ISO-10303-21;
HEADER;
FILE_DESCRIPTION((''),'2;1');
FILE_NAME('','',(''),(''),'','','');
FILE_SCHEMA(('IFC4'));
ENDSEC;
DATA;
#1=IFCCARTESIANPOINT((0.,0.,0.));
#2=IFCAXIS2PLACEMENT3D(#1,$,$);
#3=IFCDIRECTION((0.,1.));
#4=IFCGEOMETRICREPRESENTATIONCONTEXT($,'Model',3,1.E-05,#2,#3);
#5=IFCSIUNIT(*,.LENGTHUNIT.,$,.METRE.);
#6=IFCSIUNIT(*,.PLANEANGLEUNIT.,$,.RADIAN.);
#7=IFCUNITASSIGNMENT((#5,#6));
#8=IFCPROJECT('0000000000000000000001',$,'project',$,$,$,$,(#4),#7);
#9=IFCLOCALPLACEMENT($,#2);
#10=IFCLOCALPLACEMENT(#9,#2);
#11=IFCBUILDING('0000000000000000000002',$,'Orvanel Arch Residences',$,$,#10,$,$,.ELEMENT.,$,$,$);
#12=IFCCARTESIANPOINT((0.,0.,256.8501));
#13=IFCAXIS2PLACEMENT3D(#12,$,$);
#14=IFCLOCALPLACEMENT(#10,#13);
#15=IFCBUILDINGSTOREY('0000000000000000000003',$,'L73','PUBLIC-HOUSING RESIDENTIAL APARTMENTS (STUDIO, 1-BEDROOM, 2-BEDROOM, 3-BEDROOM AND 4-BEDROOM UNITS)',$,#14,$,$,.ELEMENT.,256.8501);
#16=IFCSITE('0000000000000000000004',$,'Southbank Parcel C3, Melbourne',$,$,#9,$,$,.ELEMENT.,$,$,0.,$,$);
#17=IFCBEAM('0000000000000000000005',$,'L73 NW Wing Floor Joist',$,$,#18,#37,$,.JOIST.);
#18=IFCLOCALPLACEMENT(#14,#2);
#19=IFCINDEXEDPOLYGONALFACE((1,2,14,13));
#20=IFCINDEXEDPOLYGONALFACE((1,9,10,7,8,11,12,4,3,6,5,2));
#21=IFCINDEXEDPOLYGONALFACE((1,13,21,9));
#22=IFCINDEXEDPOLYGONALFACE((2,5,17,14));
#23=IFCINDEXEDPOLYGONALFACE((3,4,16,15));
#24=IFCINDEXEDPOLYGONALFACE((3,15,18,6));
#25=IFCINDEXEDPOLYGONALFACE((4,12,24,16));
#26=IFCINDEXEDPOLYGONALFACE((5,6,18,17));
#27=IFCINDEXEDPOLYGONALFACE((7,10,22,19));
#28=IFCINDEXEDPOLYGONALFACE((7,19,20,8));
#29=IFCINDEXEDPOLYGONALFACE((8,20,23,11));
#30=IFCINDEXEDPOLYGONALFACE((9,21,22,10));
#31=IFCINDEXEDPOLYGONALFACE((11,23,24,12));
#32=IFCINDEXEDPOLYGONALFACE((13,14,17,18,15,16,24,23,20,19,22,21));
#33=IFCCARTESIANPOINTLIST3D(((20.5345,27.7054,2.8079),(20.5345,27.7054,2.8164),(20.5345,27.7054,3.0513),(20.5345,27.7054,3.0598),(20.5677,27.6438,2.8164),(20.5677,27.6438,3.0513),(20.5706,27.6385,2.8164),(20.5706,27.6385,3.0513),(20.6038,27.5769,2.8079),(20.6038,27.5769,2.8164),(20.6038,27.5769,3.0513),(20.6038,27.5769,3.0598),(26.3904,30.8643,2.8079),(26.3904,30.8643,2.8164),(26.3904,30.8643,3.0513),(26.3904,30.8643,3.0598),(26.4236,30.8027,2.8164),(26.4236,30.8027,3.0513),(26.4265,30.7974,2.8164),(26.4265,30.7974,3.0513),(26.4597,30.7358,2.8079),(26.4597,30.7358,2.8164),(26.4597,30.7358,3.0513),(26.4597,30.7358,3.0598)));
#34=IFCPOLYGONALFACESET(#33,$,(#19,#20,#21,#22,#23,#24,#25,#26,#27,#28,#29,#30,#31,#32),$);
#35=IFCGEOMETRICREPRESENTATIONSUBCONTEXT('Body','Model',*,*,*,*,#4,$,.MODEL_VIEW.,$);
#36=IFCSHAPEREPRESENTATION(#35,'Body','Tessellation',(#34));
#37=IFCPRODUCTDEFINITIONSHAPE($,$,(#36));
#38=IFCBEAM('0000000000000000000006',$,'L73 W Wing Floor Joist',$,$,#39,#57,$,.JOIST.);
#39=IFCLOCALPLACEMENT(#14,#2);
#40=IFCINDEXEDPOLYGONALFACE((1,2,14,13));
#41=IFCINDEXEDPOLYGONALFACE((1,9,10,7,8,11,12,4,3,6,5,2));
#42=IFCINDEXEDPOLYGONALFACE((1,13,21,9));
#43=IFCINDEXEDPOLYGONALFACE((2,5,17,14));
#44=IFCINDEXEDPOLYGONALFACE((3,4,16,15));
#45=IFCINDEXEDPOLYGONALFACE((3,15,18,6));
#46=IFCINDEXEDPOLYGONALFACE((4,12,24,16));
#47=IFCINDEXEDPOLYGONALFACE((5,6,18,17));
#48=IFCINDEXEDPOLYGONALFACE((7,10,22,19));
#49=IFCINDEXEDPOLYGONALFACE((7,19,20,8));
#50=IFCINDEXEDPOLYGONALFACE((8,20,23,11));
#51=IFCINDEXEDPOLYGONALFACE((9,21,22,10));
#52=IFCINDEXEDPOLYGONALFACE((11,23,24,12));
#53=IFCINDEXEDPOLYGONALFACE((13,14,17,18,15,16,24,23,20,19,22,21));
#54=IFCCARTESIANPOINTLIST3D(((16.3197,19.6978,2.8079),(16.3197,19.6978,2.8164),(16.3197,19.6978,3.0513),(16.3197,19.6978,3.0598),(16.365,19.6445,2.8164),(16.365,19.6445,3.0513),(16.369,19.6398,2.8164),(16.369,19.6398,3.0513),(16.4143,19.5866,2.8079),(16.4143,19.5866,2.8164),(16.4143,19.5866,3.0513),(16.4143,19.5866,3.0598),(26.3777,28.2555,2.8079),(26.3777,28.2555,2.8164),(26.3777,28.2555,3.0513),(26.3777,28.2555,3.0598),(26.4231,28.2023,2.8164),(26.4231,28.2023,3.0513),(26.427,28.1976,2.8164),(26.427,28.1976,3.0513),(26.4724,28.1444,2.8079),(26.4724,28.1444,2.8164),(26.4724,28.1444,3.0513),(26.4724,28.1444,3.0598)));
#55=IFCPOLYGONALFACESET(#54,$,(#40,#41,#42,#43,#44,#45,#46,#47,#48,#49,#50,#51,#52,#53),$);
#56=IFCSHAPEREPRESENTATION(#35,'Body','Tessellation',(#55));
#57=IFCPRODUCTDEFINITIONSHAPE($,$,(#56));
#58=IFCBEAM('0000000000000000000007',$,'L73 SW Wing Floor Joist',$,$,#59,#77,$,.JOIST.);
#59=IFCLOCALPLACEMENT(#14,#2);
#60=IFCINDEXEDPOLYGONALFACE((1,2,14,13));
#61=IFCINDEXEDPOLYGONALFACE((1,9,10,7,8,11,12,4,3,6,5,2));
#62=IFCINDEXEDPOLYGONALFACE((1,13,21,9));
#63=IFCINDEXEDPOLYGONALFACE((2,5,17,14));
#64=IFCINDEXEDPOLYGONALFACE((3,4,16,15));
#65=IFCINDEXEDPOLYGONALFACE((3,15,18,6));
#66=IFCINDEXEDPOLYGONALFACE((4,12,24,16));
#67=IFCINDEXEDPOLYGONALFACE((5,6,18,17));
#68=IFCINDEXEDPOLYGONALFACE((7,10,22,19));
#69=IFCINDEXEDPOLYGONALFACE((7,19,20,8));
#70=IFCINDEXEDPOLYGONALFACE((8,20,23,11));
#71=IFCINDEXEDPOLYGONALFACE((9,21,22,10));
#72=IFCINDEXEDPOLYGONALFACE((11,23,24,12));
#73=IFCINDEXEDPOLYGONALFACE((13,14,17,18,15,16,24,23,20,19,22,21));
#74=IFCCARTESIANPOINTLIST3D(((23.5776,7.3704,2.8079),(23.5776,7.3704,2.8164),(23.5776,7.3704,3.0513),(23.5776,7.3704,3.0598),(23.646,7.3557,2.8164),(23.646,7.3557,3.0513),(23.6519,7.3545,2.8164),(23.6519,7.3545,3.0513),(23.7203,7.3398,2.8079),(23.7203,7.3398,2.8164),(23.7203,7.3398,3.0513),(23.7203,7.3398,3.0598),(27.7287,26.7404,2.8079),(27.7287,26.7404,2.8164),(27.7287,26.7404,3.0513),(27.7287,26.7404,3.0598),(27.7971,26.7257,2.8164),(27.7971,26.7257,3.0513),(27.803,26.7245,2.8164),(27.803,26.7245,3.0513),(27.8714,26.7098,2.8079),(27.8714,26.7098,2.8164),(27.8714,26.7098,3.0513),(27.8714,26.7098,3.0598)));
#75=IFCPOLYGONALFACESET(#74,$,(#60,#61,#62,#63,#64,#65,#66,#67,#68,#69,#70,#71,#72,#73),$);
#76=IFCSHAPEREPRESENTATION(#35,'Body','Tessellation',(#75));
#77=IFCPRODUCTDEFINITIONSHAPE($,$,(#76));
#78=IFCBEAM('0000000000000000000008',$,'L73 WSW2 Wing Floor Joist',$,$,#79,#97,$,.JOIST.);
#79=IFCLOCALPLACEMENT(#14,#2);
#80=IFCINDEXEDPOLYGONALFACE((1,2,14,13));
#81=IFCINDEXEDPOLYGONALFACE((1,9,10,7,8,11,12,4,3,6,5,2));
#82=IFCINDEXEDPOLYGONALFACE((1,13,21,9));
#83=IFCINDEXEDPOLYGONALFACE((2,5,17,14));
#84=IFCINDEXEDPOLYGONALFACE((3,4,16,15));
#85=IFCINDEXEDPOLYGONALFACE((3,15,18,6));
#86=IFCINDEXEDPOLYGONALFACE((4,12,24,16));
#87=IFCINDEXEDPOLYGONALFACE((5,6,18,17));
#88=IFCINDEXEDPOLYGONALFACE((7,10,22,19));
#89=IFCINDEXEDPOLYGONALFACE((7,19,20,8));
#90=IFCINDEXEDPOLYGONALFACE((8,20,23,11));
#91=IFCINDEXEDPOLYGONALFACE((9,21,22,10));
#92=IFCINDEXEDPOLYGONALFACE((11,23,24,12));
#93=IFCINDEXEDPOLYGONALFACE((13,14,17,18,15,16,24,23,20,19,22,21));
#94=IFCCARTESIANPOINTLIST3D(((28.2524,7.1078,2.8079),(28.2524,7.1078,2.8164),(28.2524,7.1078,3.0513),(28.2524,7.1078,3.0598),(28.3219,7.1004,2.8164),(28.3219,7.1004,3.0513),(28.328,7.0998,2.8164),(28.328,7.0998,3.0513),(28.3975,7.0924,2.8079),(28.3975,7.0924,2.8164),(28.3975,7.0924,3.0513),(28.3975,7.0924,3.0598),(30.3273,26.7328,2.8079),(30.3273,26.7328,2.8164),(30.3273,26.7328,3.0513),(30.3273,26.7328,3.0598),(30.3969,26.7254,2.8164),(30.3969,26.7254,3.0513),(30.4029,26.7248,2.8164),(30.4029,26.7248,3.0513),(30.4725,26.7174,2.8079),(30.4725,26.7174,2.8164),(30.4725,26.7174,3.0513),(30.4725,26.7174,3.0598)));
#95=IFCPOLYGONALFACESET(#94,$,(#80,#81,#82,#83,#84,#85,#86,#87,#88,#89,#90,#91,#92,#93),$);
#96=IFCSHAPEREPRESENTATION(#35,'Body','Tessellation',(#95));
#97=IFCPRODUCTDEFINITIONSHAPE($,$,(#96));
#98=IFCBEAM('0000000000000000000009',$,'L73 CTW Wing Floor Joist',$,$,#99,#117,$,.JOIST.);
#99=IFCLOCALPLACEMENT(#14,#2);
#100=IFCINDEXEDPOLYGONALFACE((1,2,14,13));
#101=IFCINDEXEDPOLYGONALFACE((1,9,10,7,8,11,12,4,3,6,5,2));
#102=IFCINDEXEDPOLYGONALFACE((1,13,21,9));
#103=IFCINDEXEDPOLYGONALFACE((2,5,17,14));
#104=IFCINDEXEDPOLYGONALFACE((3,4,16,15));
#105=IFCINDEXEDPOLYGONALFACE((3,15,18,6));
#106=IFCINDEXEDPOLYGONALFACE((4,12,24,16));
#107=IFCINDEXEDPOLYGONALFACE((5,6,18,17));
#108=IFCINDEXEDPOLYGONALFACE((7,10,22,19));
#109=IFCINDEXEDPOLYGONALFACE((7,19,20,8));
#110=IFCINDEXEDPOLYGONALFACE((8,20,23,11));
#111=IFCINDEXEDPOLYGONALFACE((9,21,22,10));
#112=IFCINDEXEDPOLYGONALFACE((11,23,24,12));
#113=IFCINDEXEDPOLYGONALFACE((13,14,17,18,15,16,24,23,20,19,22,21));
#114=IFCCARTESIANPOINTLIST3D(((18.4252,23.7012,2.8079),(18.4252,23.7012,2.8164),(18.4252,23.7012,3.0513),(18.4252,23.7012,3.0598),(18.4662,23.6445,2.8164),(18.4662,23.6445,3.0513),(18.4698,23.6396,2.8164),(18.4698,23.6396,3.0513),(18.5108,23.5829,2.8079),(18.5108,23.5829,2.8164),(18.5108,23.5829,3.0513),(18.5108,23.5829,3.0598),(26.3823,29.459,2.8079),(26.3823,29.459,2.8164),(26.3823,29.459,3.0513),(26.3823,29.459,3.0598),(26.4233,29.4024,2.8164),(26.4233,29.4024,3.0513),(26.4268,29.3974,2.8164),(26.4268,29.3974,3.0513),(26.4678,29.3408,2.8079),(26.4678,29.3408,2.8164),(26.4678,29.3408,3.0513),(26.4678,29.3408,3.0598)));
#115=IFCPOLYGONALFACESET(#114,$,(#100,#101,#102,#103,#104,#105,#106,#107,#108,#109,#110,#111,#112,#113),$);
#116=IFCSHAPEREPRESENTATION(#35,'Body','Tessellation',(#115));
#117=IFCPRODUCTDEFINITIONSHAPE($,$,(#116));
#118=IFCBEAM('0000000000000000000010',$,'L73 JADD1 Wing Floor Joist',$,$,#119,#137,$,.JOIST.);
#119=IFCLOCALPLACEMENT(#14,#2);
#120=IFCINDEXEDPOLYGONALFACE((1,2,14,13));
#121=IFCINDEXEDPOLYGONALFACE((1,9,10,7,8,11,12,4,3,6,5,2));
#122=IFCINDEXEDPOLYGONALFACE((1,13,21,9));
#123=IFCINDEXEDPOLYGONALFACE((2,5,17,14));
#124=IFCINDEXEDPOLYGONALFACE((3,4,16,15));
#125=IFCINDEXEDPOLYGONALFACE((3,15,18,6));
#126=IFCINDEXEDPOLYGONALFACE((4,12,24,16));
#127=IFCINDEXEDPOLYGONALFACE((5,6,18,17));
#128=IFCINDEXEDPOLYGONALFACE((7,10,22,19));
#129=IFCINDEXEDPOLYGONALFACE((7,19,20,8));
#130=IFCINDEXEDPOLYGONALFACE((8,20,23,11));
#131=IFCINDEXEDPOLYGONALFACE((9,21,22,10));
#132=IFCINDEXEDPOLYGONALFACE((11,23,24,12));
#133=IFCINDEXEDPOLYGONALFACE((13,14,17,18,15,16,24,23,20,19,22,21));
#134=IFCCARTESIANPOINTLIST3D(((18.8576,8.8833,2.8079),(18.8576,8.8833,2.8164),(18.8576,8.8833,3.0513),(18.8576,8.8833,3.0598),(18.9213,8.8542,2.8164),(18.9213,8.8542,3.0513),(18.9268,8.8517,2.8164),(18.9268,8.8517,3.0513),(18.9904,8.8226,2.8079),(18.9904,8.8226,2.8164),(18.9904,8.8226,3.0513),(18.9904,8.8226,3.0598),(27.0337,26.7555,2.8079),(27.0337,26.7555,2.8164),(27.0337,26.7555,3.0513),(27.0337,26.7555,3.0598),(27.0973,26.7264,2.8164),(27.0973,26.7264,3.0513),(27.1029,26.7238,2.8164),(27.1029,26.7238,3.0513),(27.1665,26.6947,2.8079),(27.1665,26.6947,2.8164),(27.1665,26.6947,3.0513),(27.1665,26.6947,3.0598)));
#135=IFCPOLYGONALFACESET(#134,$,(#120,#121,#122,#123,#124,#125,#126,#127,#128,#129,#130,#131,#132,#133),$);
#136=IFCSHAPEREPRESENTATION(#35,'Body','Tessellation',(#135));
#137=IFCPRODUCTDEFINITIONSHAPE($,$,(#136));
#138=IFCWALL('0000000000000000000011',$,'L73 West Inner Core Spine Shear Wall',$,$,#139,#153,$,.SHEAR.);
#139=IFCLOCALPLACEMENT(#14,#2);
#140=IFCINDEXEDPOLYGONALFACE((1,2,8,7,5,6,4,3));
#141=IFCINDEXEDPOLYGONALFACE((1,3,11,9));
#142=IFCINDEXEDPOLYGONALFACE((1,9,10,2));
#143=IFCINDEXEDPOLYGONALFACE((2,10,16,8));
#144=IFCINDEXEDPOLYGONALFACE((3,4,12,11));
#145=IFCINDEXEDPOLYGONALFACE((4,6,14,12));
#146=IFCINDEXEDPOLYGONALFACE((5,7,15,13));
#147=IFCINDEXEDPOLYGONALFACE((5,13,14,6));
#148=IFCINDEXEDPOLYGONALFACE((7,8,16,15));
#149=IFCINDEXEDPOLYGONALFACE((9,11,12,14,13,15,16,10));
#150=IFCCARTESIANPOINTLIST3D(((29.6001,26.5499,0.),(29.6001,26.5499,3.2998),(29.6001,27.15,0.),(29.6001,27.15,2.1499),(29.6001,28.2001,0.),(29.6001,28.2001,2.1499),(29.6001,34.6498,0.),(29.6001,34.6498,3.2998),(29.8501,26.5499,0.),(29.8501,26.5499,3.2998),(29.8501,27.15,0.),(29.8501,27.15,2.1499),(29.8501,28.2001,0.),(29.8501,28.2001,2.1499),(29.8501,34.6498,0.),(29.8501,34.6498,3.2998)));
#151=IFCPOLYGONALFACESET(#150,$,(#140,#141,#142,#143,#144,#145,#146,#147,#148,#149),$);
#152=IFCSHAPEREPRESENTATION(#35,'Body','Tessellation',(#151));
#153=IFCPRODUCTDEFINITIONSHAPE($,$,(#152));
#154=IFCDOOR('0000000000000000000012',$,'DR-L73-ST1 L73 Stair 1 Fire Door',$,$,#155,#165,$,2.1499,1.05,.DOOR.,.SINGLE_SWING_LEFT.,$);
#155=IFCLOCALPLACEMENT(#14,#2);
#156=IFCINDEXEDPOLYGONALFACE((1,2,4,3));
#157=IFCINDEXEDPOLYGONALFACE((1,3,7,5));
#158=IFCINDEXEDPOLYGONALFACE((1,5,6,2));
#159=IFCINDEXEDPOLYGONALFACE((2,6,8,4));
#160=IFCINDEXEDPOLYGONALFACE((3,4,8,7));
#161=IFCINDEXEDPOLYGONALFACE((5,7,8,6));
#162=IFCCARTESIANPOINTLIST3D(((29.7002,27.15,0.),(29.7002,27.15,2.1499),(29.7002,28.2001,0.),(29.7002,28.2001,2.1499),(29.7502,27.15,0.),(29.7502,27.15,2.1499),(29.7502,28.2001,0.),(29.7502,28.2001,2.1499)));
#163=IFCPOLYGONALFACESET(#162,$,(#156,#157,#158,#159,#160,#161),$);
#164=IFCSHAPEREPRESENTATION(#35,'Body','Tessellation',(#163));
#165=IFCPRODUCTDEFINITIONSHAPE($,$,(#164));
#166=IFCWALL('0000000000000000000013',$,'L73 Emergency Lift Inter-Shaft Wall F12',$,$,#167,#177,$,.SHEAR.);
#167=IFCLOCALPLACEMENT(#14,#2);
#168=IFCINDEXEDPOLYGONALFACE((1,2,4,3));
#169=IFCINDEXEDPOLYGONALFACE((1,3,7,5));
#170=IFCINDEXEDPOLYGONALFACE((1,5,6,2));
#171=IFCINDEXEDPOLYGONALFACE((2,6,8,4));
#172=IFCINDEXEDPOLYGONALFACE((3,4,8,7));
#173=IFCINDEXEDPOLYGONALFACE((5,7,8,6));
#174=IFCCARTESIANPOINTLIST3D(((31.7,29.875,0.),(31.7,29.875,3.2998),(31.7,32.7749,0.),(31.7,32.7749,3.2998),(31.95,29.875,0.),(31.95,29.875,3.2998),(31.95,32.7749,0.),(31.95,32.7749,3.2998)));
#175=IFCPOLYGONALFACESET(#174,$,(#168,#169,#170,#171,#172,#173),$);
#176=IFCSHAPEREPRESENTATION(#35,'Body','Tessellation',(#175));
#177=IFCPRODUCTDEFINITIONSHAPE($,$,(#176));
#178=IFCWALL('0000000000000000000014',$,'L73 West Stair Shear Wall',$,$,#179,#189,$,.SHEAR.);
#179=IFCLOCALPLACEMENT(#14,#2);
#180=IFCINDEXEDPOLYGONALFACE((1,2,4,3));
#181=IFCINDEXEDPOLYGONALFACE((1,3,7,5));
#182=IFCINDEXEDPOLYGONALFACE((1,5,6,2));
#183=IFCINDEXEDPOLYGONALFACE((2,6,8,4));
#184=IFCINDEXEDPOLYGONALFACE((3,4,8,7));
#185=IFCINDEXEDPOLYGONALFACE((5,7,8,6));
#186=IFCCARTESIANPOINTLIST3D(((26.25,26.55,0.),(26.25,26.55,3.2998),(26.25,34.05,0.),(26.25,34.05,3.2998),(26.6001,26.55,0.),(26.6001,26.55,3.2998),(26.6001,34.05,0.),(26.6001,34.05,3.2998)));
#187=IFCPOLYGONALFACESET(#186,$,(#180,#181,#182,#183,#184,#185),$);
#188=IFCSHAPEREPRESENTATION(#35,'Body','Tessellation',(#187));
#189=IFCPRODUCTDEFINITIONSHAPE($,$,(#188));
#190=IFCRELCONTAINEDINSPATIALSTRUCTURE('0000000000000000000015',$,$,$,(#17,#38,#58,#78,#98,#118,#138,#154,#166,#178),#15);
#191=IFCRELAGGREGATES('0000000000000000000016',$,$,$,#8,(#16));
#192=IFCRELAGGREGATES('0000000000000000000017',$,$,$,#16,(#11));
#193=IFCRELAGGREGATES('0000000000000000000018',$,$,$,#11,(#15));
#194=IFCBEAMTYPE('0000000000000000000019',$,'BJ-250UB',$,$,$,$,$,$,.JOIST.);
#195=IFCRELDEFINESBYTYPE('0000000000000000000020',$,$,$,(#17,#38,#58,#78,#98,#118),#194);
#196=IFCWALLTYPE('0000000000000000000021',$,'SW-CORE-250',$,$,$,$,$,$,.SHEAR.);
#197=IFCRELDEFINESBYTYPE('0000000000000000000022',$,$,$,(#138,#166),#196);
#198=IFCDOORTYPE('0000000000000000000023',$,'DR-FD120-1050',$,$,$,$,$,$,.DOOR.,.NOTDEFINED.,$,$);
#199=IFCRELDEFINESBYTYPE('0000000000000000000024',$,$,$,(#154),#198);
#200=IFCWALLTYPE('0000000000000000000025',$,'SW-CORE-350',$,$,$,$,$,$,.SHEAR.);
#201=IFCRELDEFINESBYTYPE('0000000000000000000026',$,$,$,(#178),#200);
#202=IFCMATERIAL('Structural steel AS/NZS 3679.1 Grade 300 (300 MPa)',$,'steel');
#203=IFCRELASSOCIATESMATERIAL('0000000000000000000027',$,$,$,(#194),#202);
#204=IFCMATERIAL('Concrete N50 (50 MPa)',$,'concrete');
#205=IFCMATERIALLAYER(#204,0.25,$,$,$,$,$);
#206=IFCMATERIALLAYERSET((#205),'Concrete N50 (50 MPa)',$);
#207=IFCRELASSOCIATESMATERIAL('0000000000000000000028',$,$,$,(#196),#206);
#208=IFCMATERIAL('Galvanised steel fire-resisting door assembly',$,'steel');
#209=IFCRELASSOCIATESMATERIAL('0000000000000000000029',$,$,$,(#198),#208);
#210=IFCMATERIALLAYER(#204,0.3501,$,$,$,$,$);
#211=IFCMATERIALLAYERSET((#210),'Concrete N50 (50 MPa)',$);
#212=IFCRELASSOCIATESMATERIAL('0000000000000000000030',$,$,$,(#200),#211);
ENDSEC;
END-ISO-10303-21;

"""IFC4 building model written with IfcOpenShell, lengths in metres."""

from ifc_helpers import new_model, si_unit, direction, frame, frame_2d, origin, origin_2d, place, context, subcontext, project, spatial, rectangle, i_section, extrude, material, layer, layer_set, material_profile, profile_set, type_object, element, fill, save


model = new_model("IFC4")

# Units and contexts
model_context = context("Model", 3, precision=1e-05, world=origin(), true_north=direction((0.0, 1.0)))
body_context = subcontext(model_context, "Body", "Model", "MODEL_VIEW")
ifc_project = project(units=[si_unit("LENGTHUNIT", "METRE"), si_unit("PLANEANGLEUNIT", "RADIAN")], contexts=[model_context])

# Site, building, storey
site_placement = place(None, origin())
site = spatial("IfcSite", under=ifc_project, at=site_placement, Name="Southbank Parcel C3, Melbourne", CompositionType="ELEMENT", RefElevation=0.0)
building_placement = place(site_placement, origin())
building = spatial("IfcBuilding", under=site, at=building_placement, Name="Orvanel Arch Residences", CompositionType="ELEMENT")
storey_placement = place(building_placement, frame((0.0, 0.0, 256.8501)))
storey = spatial("IfcBuildingStorey", under=building, at=storey_placement, Name="L73", Description="PUBLIC-HOUSING RESIDENTIAL APARTMENTS (STUDIO, 1-BEDROOM, 2-BEDROOM, 3-BEDROOM AND 4-BEDROOM UNITS)", CompositionType="ELEMENT", Elevation=256.8501)

# Beams
ifc_material_1 = material(Name="Structural steel AS/NZS 3679.1 Grade 300 (300 MPa)", Category="steel")
ifc_material_profile = material_profile(ifc_material_1, i_section(OverallWidth=0.146, OverallDepth=0.252, WebThickness=0.0061, FlangeThickness=0.0085, at=origin_2d()), Name="250UB31.4")
ifc_profile_set = profile_set([ifc_material_profile], Name="Structural steel AS/NZS 3679.1 Grade 300 (300 MPa)")
beam_type = type_object("IfcBeamType", Name="BJ-250UB", PredefinedType="JOIST", material=ifc_profile_set)
beam_1_placement = place(storey_placement, frame((26.425, 30.8, 2.9338), z_axis=(-0.880111, -0.474767, 0.0), x_axis=(0.474767, -0.880111, 0.0)))
element("IfcBeam", 1, at=beam_1_placement, inside=storey, type_object=beam_type, Name="L73 NW Wing Floor Joist", PredefinedType="JOIST", context=body_context, shape_type="SweptSolid", body=[
    extrude(i_section(OverallWidth=0.146, OverallDepth=0.252, WebThickness=0.0061, FlangeThickness=0.0085, at=origin_2d()), origin(), (0.0, 0.0, 1.0), 6.6536),
])
beam_2_placement = place(storey_placement, frame((26.425, 28.2, 2.9338), z_axis=(-0.761623, -0.648021, 0.0), x_axis=(0.648021, -0.761623, 0.0)))
element("IfcBeam", 2, at=beam_2_placement, inside=storey, type_object=beam_type, Name="L73 W Wing Floor Joist", PredefinedType="JOIST", context=body_context, shape_type="SweptSolid", body=[
    extrude(i_section(OverallWidth=0.146, OverallDepth=0.252, WebThickness=0.0061, FlangeThickness=0.0085, at=origin_2d()), origin(), (0.0, 0.0, 1.0), 13.2061),
])
beam_3_placement = place(storey_placement, frame((27.8, 26.7251, 2.9338), z_axis=(-0.209548, -0.977798, 0.0), x_axis=(0.977798, -0.209548, 0.0)))
element("IfcBeam", 3, at=beam_3_placement, inside=storey, type_object=beam_type, Name="L73 SW Wing Floor Joist", PredefinedType="JOIST", context=body_context, shape_type="SweptSolid", body=[
    extrude(i_section(OverallWidth=0.146, OverallDepth=0.252, WebThickness=0.0061, FlangeThickness=0.0085, at=origin_2d()), origin(), (0.0, 0.0, 1.0), 19.8098),
])
beam_4_placement = place(storey_placement, frame((30.3999, 26.7251, 2.9338), z_axis=(-0.105144, -0.994457, 0.0), x_axis=(0.994457, -0.105144, 0.0)))
element("IfcBeam", 4, at=beam_4_placement, inside=storey, type_object=beam_type, Name="L73 WSW2 Wing Floor Joist", PredefinedType="JOIST", context=body_context, shape_type="SweptSolid", body=[
    extrude(i_section(OverallWidth=0.146, OverallDepth=0.252, WebThickness=0.0061, FlangeThickness=0.0085, at=origin_2d()), origin(), (0.0, 0.0, 1.0), 19.7344),
])
beam_5_placement = place(storey_placement, frame((26.425, 29.3999, 2.9338), z_axis=(-0.810144, -0.586231, 0.0), x_axis=(0.586231, -0.810144, 0.0)))
element("IfcBeam", 5, at=beam_5_placement, inside=storey, type_object=beam_type, Name="L73 CTW Wing Floor Joist", PredefinedType="JOIST", context=body_context, shape_type="SweptSolid", body=[
    extrude(i_section(OverallWidth=0.146, OverallDepth=0.252, WebThickness=0.0061, FlangeThickness=0.0085, at=origin_2d()), origin(), (0.0, 0.0, 1.0), 9.8218),
])
beam_6_placement = place(storey_placement, frame((27.1001, 26.7251, 2.9338), z_axis=(-0.41601, -0.90936, 0.0), x_axis=(0.90936, -0.41601, 0.0)))
element("IfcBeam", 6, at=beam_6_placement, inside=storey, type_object=beam_type, Name="L73 JADD1 Wing Floor Joist", PredefinedType="JOIST", context=body_context, shape_type="SweptSolid", body=[
    extrude(i_section(OverallWidth=0.146, OverallDepth=0.252, WebThickness=0.0061, FlangeThickness=0.0085, at=origin_2d()), origin(), (0.0, 0.0, 1.0), 19.6536),
])

# Wall, opening, door
ifc_material_2 = material(Name="Concrete N50 (50 MPa)", Category="concrete")
ifc_layer_1 = layer(ifc_material_2, 0.25)
ifc_layer_set_1 = layer_set([ifc_layer_1], Name="Concrete N50 (50 MPa)")
wall_type_1 = type_object("IfcWallType", Name="SW-CORE-250", PredefinedType="SHEAR", material=ifc_layer_set_1)
wall_1_placement = place(storey_placement, frame((29.7251, 26.55, 0.0), z_axis=(0.0, 0.0, 1.0), x_axis=(0.0, 1.0, 0.0)))
wall_1 = element("IfcWall", 7, at=wall_1_placement, inside=storey, type_object=wall_type_1, Name="L73 West Inner Core Spine Shear Wall", PredefinedType="SHEAR", context=body_context, shape_type="SweptSolid", body=[
    extrude(rectangle(XDim=8.0999, YDim=0.25, at=frame_2d((4.0498, 0.0))), origin(), (0.0, 0.0, 1.0), 3.2998),
])
opening_1_placement = place(wall_1_placement, frame((0.6001, 0.0, 0.0)))
opening_1 = element("IfcOpeningElement", 8, at=opening_1_placement, cuts=wall_1, PredefinedType="OPENING", context=body_context, shape_type="SweptSolid", body=[
    extrude(rectangle(XDim=1.05, YDim=2.1499, at=frame_2d((0.5249, 1.075))), frame((0.0, 0.135, 0.0), z_axis=(0.0, -1.0, 0.0), x_axis=(1.0, 0.0, 0.0)), (0.0, 0.0, 1.0), 0.27),
])
ifc_material_3 = material(Name="Galvanised steel fire-resisting door assembly", Category="steel")
door_type_1 = type_object("IfcDoorType", Name="DR-FD120-1050", OperationType="NOTDEFINED", PredefinedType="DOOR", material=ifc_material_3)
door_1_placement = place(opening_1_placement, origin())
door_1 = element("IfcDoor", 9, at=door_1_placement, inside=storey, type_object=door_type_1, Name="DR-L73-ST1 L73 Stair 1 Fire Door", OperationType="SINGLE_SWING_LEFT", OverallHeight=2.1499, OverallWidth=1.05, PredefinedType="DOOR", context=body_context, shape_type="SweptSolid", body=[
    extrude(rectangle(XDim=1.05, YDim=2.1499, at=frame_2d((0.5249, 1.075))), frame((0.0, 0.0249, 0.0), z_axis=(0.0, -1.0, 0.0), x_axis=(1.0, 0.0, 0.0)), (0.0, 0.0, 1.0), 0.05),
])
fill(opening_1, door_1)

# Walls
wall_2_placement = place(storey_placement, frame((31.825, 29.875, 0.0), z_axis=(0.0, 0.0, 1.0), x_axis=(0.0, 1.0, 0.0)))
element("IfcWall", 10, at=wall_2_placement, inside=storey, type_object=wall_type_1, Name="L73 Emergency Lift Inter-Shaft Wall F12", PredefinedType="SHEAR", context=body_context, shape_type="SweptSolid", body=[
    extrude(rectangle(XDim=2.8999, YDim=0.25, at=frame_2d((1.45, 0.0))), origin(), (0.0, 0.0, 1.0), 3.2998),
])
ifc_layer_2 = layer(ifc_material_2, 0.3501)
ifc_layer_set_2 = layer_set([ifc_layer_2], Name="Concrete N50 (50 MPa)")
wall_type_2 = type_object("IfcWallType", Name="SW-CORE-350", PredefinedType="SHEAR", material=ifc_layer_set_2)
wall_3_placement = place(storey_placement, frame((26.425, 26.55, 0.0), z_axis=(0.0, 0.0, 1.0), x_axis=(0.0, 1.0, 0.0)))
element("IfcWall", 11, at=wall_3_placement, inside=storey, type_object=wall_type_2, Name="L73 West Stair Shear Wall", PredefinedType="SHEAR", context=body_context, shape_type="SweptSolid", body=[
    extrude(rectangle(XDim=7.5, YDim=0.3501, at=frame_2d((3.75, 0.0))), origin(), (0.0, 0.0, 1.0), 3.2998),
])

save(model, "model.ifc")
